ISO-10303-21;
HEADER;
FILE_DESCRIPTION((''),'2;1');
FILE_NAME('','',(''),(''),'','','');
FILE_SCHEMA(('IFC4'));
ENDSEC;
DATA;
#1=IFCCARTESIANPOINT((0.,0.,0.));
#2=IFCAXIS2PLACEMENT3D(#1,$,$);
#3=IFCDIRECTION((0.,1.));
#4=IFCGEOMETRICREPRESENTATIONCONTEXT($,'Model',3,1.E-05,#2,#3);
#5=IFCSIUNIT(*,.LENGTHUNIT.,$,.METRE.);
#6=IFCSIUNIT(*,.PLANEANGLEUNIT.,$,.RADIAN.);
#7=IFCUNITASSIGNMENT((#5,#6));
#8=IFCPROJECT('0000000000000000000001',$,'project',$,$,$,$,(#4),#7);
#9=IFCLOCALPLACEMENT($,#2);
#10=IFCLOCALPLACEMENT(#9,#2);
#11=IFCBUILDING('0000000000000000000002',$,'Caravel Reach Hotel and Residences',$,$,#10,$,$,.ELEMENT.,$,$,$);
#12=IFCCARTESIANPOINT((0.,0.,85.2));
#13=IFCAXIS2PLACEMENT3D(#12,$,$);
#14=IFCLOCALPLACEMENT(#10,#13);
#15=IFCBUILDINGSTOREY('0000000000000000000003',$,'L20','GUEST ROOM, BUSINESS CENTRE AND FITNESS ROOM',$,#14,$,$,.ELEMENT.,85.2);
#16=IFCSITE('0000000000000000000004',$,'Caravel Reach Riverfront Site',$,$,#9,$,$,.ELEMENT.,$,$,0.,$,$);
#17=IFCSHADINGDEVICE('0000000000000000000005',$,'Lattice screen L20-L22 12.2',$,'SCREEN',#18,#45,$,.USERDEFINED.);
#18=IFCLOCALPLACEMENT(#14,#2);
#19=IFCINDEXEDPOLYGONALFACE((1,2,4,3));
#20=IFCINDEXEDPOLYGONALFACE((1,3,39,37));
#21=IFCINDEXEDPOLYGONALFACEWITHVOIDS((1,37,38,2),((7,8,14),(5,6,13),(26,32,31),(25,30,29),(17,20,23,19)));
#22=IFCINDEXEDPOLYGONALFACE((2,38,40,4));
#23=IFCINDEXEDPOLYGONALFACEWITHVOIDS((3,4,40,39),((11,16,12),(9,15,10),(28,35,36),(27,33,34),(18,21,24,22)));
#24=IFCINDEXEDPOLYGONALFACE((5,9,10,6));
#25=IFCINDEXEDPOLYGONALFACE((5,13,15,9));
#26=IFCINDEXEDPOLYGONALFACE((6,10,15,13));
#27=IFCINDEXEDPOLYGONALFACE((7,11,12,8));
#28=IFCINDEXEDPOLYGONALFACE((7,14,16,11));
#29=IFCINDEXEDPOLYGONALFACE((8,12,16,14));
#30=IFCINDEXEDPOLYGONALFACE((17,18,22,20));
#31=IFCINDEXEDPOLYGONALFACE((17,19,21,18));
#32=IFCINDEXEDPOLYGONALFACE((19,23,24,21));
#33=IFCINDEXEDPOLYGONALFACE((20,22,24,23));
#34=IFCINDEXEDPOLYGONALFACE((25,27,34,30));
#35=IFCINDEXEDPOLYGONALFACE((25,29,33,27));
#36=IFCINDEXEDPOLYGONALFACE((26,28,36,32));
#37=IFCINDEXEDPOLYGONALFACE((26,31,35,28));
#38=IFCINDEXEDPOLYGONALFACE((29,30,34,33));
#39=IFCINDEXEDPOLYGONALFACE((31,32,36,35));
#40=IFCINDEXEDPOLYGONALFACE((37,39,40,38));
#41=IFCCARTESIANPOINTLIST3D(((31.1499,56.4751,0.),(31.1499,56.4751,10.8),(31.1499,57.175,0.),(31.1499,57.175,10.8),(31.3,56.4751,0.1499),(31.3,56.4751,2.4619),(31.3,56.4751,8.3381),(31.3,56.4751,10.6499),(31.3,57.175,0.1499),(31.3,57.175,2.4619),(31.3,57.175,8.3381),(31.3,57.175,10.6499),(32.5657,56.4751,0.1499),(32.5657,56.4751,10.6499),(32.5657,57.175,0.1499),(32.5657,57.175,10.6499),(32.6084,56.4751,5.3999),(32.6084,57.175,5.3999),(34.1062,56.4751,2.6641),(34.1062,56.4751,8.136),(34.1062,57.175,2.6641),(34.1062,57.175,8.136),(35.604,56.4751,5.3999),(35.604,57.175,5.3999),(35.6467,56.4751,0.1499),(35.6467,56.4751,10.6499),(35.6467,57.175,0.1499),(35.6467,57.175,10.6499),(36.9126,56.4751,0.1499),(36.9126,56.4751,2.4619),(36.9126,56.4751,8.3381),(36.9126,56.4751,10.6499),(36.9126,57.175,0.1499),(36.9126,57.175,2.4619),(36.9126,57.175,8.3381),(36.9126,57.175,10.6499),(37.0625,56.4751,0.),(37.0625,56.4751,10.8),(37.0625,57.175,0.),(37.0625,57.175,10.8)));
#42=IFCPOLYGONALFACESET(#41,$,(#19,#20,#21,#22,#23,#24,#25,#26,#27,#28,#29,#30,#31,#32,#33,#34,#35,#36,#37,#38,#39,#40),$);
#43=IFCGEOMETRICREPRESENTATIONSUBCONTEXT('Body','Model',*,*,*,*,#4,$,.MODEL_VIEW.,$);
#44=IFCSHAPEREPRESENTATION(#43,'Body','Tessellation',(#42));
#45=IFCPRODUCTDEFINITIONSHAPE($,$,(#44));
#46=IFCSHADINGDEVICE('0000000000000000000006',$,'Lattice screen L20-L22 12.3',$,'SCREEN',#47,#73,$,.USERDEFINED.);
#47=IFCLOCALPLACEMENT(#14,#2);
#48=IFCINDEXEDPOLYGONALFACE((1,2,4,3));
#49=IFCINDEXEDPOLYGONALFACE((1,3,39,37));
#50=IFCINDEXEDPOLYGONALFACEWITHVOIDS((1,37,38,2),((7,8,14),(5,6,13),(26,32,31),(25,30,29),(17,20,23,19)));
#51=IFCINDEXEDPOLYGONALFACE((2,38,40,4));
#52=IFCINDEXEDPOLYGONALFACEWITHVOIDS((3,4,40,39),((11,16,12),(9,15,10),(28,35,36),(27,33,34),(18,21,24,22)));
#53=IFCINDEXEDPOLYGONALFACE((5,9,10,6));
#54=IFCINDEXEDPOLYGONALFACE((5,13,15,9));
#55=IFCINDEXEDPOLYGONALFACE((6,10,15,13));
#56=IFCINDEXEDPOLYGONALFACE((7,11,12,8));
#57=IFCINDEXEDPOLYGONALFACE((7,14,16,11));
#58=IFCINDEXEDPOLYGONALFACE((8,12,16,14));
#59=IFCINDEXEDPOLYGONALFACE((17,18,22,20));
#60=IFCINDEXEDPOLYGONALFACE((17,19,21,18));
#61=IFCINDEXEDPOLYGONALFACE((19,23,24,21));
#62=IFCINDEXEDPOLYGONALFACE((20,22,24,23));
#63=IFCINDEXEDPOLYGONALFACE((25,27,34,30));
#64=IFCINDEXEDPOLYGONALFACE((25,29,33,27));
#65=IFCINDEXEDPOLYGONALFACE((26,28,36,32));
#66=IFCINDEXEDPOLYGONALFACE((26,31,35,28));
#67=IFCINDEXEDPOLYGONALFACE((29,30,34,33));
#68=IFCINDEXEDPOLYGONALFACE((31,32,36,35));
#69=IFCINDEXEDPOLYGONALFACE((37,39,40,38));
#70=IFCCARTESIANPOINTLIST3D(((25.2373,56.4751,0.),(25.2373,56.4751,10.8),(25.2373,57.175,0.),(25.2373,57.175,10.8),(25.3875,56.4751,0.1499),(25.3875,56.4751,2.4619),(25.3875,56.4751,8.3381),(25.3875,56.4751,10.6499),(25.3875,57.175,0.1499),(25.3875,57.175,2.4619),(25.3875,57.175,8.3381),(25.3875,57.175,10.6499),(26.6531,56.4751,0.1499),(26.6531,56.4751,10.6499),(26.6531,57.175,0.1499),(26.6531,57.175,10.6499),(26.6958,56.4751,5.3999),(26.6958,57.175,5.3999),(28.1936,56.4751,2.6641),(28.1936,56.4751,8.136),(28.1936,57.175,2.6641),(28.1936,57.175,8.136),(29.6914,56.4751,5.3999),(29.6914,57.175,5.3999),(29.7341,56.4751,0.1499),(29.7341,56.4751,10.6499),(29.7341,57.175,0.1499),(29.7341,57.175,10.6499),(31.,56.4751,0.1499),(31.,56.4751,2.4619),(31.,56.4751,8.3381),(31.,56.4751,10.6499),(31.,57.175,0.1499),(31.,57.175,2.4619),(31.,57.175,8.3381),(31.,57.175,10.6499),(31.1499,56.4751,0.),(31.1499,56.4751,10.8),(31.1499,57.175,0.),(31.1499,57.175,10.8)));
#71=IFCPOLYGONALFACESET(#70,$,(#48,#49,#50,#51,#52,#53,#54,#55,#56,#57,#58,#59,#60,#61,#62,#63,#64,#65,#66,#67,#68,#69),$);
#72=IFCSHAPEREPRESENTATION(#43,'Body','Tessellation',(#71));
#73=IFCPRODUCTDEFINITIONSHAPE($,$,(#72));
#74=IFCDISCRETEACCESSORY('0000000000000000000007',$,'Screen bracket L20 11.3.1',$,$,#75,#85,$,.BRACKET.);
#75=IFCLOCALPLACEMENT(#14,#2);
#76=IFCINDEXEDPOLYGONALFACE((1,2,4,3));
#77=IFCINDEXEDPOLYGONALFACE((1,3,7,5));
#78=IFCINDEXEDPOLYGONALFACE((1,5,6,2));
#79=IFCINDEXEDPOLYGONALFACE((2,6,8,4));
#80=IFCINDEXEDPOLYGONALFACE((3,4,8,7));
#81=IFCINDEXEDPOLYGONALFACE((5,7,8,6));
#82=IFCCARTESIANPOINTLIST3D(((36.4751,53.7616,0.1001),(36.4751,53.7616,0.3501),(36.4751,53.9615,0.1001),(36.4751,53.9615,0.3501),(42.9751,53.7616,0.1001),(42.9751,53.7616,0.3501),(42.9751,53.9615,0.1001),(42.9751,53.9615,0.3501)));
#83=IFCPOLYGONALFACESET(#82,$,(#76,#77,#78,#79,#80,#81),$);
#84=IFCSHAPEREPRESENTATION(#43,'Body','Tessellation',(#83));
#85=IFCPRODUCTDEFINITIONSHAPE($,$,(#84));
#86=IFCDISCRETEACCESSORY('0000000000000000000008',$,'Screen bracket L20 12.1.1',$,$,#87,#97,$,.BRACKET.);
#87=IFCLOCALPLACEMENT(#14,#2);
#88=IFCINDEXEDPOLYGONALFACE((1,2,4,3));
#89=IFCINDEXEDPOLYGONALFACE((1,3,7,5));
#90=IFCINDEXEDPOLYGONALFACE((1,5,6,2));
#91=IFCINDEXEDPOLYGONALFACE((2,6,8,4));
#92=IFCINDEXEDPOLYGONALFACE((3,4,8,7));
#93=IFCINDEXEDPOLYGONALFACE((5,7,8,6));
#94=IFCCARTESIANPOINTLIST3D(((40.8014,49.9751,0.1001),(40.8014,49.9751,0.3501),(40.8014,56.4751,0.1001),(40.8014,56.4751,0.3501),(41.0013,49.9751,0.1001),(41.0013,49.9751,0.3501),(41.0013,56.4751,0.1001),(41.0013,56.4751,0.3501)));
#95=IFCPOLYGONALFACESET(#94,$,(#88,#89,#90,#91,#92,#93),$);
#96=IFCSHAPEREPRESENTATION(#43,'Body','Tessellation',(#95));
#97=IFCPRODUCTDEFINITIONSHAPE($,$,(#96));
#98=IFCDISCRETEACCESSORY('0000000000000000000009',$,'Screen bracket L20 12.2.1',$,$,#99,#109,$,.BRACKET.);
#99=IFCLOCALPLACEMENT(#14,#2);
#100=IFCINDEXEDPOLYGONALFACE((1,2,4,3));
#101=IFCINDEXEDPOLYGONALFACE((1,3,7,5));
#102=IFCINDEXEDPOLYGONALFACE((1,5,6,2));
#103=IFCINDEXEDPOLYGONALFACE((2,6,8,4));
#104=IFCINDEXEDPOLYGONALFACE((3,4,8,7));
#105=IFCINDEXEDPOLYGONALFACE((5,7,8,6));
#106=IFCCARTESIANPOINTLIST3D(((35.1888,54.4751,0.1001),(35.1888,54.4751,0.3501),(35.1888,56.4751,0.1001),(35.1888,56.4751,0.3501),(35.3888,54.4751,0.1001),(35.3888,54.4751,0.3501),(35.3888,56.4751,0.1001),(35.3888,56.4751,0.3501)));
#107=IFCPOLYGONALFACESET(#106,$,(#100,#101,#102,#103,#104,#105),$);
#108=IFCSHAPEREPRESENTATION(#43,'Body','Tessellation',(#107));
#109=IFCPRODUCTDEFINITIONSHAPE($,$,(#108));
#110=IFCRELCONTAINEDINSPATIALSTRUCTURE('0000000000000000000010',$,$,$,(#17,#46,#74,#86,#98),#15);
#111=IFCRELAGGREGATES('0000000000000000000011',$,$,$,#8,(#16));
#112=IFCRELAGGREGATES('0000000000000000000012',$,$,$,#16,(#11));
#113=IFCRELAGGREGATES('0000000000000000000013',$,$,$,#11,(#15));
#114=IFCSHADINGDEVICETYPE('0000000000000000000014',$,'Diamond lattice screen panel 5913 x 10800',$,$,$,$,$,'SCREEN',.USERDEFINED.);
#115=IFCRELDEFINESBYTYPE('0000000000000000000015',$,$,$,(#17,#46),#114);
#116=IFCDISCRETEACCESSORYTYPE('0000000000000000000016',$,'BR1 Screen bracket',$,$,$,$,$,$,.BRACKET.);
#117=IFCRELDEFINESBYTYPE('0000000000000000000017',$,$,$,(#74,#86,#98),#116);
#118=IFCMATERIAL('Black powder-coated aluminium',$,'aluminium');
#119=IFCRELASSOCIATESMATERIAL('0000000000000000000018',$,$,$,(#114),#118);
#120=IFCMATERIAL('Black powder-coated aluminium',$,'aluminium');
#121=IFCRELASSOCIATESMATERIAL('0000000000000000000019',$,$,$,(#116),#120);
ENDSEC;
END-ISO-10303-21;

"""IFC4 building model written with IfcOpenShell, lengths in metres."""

from ifc_helpers import new_model, si_unit, direction, frame, origin, origin_2d, place, context, subcontext, project, spatial, polyline, rectangle, outline, extrude, material, type_object, element, save


model = new_model("IFC4")

# Units and contexts
model_context = context("Model", 3, precision=1e-05, world=origin(), true_north=direction((0.0, 1.0)))
body_context = subcontext(model_context, "Body", "Model", "MODEL_VIEW")
ifc_project = project(units=[si_unit("LENGTHUNIT", "METRE"), si_unit("PLANEANGLEUNIT", "RADIAN")], contexts=[model_context])

# Site, building, storey
site_placement = place(None, origin())
site = spatial("IfcSite", under=ifc_project, at=site_placement, Name="Caravel Reach Riverfront Site", CompositionType="ELEMENT", RefElevation=0.0)
building_placement = place(site_placement, origin())
building = spatial("IfcBuilding", under=site, at=building_placement, Name="Caravel Reach Hotel and Residences", CompositionType="ELEMENT")
storey_placement = place(building_placement, frame((0.0, 0.0, 85.2)))
storey = spatial("IfcBuildingStorey", under=building, at=storey_placement, Name="L20", Description="GUEST ROOM, BUSINESS CENTRE AND FITNESS ROOM", CompositionType="ELEMENT", Elevation=85.2)

# Shading devices
ifc_material_1 = material(Name="Black powder-coated aluminium", Category="aluminium")
shading_device_type_1 = type_object("IfcShadingDeviceType", Name="Diamond lattice screen panel 5913 x 10800", ElementType="SCREEN", PredefinedType="USERDEFINED", material=ifc_material_1)
for number, where, z_axis, x_axis, name in (
    (1, (37.0625, 56.4751, 0.0), (0.0, 1.0, 0.0), (-1.0, 0.0, 0.0), "Lattice screen L20-L22 12.2"),
    (2, (31.1499, 56.4751, 0.0), (0.0, 1.0, 0.0), (-1.0, 0.0, 0.0), "Lattice screen L20-L22 12.3"),
):
    element("IfcShadingDevice", number, at=place(storey_placement, frame(where, z_axis=z_axis, x_axis=x_axis)), inside=storey, type_object=shading_device_type_1, Name=name, ObjectType="SCREEN", PredefinedType="USERDEFINED", context=body_context, shape_type="SweptSolid", body=[
        extrude(outline(polyline([(0.0, 0.0), (5.9126, 0.0), (5.9126, 10.8), (0.0, 10.8), (0.0, 0.0)]), holes=[polyline([(1.4158, 0.1499), (0.1499, 2.4619), (0.1499, 0.1499), (1.4158, 0.1499)]), polyline([(0.1499, 8.3381), (1.4158, 10.6499), (0.1499, 10.6499), (0.1499, 8.3381)]), polyline([(2.9563, 8.136), (1.4585, 5.3999), (2.9563, 2.6641), (4.4541, 5.3999), (2.9563, 8.136)]), polyline([(5.7625, 2.4619), (4.4968, 0.1499), (5.7625, 0.1499), (5.7625, 2.4619)]), polyline([(4.4968, 10.6499), (5.7625, 8.3381), (5.7625, 10.6499), (4.4968, 10.6499)])]), origin(), (0.0, 0.0, 1.0), 0.7),
    ])

# Discrete accessories
ifc_material_2 = material(Name="Black powder-coated aluminium", Category="aluminium")
discrete_accessory_type = type_object("IfcDiscreteAccessoryType", Name="BR1 Screen bracket", PredefinedType="BRACKET", material=ifc_material_2)
for number, where, z_axis, x_axis, name in (
    (3, (39.7251, 53.8616, 0.1001), (0.0, 0.0, 1.0), (1.0, 0.0, 0.0), "Screen bracket L20 11.3.1"),
    (4, (40.9014, 53.2251, 0.1001), (0.0, 0.0, 1.0), (0.0, 1.0, 0.0), "Screen bracket L20 12.1.1"),
):
    element("IfcDiscreteAccessory", number, at=place(storey_placement, frame(where, z_axis=z_axis, x_axis=x_axis)), inside=storey, type_object=discrete_accessory_type, Name=name, PredefinedType="BRACKET", context=body_context, shape_type="SweptSolid", body=[
        extrude(rectangle(XDim=6.5, YDim=0.2, at=origin_2d()), origin(), (0.0, 0.0, 1.0), 0.25),
    ])
discrete_accessory_placement = place(storey_placement, frame((35.2888, 55.4751, 0.1001), z_axis=(0.0, 0.0, 1.0), x_axis=(0.0, 1.0, 0.0)))
element("IfcDiscreteAccessory", 5, at=discrete_accessory_placement, inside=storey, type_object=discrete_accessory_type, Name="Screen bracket L20 12.2.1", PredefinedType="BRACKET", context=body_context, shape_type="SweptSolid", body=[
    extrude(rectangle(XDim=2.0, YDim=0.2, at=origin_2d()), origin(), (0.0, 0.0, 1.0), 0.25),
])

save(model, "model.ifc")
